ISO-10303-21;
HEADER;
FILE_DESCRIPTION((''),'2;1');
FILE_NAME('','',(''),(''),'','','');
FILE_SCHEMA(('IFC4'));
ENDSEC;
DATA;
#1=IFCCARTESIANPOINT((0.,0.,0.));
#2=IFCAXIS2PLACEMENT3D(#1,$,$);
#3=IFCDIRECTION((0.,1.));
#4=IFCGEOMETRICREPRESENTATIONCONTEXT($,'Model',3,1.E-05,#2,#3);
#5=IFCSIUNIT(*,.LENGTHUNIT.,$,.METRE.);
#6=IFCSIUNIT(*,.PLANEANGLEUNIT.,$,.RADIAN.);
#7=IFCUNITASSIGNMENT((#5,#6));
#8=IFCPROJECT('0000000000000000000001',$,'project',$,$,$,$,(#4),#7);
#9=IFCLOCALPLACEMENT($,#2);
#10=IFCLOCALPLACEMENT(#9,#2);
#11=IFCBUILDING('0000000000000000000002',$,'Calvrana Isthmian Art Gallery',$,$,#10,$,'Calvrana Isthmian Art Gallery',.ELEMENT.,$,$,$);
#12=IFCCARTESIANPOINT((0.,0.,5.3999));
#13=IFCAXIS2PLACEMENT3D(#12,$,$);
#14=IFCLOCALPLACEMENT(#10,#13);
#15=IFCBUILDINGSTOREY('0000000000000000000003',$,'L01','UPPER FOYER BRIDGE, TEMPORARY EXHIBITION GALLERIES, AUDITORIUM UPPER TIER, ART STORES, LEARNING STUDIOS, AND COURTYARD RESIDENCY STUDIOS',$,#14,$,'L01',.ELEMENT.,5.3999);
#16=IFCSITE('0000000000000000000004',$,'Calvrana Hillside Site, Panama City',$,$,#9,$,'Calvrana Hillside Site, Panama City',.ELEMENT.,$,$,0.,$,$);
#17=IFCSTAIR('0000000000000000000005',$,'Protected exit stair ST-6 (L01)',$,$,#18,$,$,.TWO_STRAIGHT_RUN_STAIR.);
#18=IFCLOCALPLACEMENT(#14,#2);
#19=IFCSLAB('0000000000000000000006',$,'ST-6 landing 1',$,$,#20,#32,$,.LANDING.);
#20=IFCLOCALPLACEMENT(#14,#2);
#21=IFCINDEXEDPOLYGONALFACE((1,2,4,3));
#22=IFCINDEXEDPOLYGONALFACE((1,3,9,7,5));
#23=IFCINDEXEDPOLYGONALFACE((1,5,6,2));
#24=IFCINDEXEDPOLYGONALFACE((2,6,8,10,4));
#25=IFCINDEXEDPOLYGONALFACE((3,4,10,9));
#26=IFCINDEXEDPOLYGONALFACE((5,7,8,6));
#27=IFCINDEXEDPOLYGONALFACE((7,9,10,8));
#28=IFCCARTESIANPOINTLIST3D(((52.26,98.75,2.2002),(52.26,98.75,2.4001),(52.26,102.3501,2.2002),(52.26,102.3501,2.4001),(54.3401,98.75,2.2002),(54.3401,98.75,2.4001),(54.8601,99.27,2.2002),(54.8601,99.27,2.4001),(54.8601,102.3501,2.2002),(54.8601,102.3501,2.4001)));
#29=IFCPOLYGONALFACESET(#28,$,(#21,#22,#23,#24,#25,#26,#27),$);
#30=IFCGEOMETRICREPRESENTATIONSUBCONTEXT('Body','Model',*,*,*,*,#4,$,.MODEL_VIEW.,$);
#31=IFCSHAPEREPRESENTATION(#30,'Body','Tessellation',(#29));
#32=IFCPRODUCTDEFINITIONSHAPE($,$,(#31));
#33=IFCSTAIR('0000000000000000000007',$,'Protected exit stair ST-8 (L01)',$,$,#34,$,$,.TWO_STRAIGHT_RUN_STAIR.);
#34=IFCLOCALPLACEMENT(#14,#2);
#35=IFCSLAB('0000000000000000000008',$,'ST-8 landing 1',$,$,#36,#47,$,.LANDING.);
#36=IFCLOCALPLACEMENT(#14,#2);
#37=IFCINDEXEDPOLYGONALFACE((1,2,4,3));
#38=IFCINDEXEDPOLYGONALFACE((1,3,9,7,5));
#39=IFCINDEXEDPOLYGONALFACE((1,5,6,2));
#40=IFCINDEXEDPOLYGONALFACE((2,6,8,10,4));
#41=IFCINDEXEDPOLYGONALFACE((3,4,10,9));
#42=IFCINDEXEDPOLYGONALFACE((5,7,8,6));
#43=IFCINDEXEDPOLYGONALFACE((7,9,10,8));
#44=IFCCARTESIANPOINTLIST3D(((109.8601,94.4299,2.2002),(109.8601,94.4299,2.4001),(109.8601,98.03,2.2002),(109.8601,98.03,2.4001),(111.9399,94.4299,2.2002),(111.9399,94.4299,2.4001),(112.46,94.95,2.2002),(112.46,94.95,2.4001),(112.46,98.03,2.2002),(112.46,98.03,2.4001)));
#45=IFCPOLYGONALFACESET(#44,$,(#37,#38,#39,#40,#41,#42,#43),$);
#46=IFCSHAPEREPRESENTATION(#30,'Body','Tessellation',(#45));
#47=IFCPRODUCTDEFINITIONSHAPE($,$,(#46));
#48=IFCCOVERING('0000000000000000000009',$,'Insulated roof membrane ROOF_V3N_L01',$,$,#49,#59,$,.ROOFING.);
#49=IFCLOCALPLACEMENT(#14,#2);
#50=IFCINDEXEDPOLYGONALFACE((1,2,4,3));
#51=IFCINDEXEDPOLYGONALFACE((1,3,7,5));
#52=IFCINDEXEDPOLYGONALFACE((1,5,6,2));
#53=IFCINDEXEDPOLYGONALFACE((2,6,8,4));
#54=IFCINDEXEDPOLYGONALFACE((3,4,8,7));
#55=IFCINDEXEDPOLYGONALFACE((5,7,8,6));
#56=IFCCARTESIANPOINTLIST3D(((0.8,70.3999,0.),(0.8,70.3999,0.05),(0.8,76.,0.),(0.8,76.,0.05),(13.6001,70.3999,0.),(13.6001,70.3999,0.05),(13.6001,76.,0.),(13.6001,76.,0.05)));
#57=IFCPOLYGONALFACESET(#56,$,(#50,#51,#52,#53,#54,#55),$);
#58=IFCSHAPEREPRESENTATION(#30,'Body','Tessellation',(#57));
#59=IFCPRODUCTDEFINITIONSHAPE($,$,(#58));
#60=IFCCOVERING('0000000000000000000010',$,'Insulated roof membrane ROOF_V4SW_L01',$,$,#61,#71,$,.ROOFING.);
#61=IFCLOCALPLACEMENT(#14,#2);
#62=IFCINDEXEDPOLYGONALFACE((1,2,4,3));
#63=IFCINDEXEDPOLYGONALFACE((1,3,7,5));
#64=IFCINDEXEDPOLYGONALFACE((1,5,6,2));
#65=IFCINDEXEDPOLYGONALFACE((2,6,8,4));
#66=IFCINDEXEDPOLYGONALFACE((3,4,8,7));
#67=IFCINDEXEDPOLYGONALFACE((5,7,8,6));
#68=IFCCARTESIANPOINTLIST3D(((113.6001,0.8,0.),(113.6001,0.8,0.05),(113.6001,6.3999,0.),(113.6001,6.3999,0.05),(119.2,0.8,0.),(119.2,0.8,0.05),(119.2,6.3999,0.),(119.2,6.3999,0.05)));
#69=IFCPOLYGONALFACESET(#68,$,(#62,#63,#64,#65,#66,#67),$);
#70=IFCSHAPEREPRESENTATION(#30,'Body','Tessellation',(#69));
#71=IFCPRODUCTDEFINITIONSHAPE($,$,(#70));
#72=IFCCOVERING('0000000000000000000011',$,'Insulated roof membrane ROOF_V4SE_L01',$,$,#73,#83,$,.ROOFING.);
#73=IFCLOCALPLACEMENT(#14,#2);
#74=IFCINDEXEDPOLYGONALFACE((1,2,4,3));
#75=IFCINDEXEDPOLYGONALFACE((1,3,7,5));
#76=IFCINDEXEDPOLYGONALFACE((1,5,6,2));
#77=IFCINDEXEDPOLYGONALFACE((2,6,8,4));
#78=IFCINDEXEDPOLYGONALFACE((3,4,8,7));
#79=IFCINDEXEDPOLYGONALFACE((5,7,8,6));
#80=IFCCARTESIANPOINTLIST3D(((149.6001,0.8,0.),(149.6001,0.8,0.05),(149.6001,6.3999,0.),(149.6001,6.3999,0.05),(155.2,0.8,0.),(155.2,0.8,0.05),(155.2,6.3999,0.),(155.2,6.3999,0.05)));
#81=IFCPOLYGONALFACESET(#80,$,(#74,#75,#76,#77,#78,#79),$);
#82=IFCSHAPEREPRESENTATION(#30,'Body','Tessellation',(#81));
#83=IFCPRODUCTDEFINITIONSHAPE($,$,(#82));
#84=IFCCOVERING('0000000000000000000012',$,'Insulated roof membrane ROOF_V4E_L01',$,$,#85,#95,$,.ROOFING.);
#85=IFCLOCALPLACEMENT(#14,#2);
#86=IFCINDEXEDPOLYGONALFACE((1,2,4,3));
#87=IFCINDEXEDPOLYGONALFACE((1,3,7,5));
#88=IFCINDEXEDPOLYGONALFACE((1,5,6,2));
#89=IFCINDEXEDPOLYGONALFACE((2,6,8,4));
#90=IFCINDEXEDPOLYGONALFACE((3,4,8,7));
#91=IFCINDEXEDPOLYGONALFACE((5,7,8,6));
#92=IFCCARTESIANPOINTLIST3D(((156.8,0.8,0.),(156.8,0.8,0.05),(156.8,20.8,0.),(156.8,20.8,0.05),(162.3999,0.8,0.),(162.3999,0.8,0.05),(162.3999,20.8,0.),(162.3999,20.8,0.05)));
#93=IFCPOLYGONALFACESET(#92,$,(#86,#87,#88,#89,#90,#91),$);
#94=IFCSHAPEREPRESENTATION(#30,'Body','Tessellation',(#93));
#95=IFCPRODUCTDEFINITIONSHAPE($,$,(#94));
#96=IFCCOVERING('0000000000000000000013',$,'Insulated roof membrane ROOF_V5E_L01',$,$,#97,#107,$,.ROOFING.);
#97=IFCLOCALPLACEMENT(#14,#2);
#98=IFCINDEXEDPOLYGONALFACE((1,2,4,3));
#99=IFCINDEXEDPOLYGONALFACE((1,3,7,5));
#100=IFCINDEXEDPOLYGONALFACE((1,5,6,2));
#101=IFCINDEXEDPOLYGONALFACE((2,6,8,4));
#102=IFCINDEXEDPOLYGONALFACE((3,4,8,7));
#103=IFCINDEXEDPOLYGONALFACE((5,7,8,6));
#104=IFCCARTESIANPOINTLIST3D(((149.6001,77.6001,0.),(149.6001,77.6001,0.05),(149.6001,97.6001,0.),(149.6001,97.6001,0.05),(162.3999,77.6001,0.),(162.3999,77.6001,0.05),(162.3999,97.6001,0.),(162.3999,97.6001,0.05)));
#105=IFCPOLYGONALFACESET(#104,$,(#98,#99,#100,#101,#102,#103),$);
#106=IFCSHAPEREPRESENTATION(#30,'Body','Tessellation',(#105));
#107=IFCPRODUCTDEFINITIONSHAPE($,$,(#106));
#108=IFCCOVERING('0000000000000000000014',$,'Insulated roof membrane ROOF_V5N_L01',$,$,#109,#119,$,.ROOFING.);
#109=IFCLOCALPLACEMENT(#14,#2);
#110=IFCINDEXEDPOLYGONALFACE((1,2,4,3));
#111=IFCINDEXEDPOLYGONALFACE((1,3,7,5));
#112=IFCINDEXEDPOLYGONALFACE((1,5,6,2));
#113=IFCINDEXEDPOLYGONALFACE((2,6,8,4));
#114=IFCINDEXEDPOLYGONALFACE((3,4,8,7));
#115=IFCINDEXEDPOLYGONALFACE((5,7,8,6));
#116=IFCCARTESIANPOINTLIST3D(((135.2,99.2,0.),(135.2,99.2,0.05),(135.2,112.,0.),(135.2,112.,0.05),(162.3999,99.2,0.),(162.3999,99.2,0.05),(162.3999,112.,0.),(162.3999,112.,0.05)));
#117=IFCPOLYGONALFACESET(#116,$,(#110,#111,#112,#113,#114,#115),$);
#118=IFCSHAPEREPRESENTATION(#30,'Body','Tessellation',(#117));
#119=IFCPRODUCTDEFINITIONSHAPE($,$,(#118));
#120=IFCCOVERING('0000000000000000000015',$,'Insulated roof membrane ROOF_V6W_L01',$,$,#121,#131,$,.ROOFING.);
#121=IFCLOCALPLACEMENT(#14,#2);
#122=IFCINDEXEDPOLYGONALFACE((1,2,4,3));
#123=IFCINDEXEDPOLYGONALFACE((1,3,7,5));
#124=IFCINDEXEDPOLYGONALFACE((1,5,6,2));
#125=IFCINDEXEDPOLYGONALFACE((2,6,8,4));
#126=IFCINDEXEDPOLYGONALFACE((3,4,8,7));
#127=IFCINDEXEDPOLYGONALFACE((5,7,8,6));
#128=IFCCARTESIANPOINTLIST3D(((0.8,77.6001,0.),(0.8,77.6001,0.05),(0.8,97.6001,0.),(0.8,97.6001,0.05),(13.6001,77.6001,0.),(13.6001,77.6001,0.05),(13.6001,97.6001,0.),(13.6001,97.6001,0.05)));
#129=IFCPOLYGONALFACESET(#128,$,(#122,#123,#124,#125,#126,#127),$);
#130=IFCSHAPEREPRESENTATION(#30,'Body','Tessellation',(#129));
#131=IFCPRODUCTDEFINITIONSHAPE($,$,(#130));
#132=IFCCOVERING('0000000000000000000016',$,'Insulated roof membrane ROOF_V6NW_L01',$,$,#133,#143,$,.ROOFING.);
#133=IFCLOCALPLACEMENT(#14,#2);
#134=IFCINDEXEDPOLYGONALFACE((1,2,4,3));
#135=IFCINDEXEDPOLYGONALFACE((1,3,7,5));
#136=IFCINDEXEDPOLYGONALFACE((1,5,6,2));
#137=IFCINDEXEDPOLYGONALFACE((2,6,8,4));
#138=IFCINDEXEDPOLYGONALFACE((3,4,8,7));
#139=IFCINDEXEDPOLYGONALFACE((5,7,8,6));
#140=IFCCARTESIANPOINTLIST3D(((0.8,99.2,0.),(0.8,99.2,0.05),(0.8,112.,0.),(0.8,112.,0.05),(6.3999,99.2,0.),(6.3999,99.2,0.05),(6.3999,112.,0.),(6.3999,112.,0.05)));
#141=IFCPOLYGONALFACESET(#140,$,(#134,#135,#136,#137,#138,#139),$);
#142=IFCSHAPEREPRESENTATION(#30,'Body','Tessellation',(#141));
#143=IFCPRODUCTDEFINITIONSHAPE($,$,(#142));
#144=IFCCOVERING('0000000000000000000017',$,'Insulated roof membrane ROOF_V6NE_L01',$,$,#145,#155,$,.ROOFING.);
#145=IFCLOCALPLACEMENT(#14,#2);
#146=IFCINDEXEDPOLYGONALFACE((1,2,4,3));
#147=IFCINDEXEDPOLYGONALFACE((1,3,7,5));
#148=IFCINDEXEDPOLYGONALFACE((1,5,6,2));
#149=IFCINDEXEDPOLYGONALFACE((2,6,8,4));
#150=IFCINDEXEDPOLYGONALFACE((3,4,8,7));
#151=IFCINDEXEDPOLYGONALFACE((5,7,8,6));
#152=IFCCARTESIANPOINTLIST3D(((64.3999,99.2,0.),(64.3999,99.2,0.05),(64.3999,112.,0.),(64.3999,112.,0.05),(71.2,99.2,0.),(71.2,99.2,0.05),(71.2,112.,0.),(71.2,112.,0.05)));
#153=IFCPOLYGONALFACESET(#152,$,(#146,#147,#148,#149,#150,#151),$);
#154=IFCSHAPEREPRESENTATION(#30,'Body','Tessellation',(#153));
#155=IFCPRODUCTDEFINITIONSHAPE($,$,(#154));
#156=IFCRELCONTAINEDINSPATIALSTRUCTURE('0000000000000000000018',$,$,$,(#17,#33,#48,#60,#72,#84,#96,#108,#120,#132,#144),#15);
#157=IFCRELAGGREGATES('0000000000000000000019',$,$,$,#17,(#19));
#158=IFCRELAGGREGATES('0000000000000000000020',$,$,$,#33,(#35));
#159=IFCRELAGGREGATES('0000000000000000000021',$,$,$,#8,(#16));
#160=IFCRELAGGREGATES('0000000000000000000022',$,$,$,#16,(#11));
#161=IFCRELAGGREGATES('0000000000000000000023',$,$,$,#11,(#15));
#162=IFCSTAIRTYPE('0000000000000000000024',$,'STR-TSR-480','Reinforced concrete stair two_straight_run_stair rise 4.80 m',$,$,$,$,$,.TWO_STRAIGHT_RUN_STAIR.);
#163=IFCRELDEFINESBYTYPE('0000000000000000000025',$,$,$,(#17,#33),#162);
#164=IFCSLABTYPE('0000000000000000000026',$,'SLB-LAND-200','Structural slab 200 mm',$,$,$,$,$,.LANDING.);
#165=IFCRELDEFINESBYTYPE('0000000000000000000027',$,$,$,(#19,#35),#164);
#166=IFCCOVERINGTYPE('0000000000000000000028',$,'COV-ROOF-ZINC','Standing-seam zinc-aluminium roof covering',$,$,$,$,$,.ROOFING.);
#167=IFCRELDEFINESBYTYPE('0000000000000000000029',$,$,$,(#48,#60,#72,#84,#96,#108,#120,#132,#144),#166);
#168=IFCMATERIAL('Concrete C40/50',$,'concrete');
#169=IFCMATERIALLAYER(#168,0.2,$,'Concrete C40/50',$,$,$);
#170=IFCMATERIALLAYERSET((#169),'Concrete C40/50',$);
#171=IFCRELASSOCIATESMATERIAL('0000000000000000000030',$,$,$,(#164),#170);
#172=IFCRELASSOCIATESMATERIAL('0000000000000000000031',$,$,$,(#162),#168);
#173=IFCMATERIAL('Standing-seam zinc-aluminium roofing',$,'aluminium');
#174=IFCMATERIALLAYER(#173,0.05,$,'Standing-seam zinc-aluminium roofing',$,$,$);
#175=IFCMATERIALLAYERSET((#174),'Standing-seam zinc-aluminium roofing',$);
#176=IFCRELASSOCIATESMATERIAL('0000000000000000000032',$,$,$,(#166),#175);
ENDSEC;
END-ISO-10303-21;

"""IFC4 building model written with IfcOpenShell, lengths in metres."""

from ifc_helpers import new_model, si_unit, direction, frame, origin, place, context, subcontext, project, spatial, polyline, outline, extrude, material, layer, layer_set, type_object, element, aggregate, save


model = new_model("IFC4")

# Units and contexts
model_context = context("Model", 3, precision=1e-05, world=origin(), true_north=direction((0.0, 1.0)))
body_context = subcontext(model_context, "Body", "Model", "MODEL_VIEW")
ifc_project = project(units=[si_unit("LENGTHUNIT", "METRE"), si_unit("PLANEANGLEUNIT", "RADIAN")], contexts=[model_context])

# Site, building, storey
site_placement = place(None, origin())
site = spatial("IfcSite", under=ifc_project, at=site_placement, Name="Calvrana Hillside Site, Panama City", LongName="Calvrana Hillside Site, Panama City", CompositionType="ELEMENT", RefElevation=0.0)
building_placement = place(site_placement, origin())
building = spatial("IfcBuilding", under=site, at=building_placement, Name="Calvrana Isthmian Art Gallery", LongName="Calvrana Isthmian Art Gallery", CompositionType="ELEMENT")
storey_placement = place(building_placement, frame((0.0, 0.0, 5.3999)))
storey = spatial("IfcBuildingStorey", under=building, at=storey_placement, Name="L01", Description="UPPER FOYER BRIDGE, TEMPORARY EXHIBITION GALLERIES, AUDITORIUM UPPER TIER, ART STORES, LEARNING STUDIOS, AND COURTYARD RESIDENCY STUDIOS", LongName="L01", CompositionType="ELEMENT", Elevation=5.3999)

# Stairs, slabs
ifc_material_1 = material(Name="Concrete C40/50", Category="concrete")
ifc_layer_1 = layer(ifc_material_1, 0.2, Name="Concrete C40/50")
ifc_layer_set_1 = layer_set([ifc_layer_1], Name="Concrete C40/50")
slab_type = type_object("IfcSlabType", Name="SLB-LAND-200", Description="Structural slab 200 mm", PredefinedType="LANDING", material=ifc_layer_set_1)
stair_type_1 = type_object("IfcStairType", Name="STR-TSR-480", Description="Reinforced concrete stair two_straight_run_stair rise 4.80 m", PredefinedType="TWO_STRAIGHT_RUN_STAIR", material=ifc_material_1)
stair_1_placement = place(storey_placement, origin())
stair_1 = element("IfcStair", 1, at=stair_1_placement, inside=storey, type_object=stair_type_1, Name="Protected exit stair ST-6 (L01)", PredefinedType="TWO_STRAIGHT_RUN_STAIR")
slab_1_placement = place(storey_placement, frame((0.0, 0.0, 2.2002)))
slab_1 = element("IfcSlab", 2, at=slab_1_placement, type_object=slab_type, Name="ST-6 landing 1", PredefinedType="LANDING", context=body_context, shape_type="SweptSolid", body=[
    extrude(outline(polyline([(52.26, 98.75), (54.3401, 98.75), (54.8601, 99.27), (54.8601, 102.3501), (52.26, 102.3501), (52.26, 98.75)])), origin(), (0.0, 0.0, 1.0), 0.2),
])
aggregate(stair_1, [slab_1])
stair_2_placement = place(storey_placement, origin())
stair_2 = element("IfcStair", 3, at=stair_2_placement, inside=storey, type_object=stair_type_1, Name="Protected exit stair ST-8 (L01)", PredefinedType="TWO_STRAIGHT_RUN_STAIR")
slab_2_placement = place(storey_placement, frame((0.0, 0.0, 2.2002)))
slab_2 = element("IfcSlab", 4, at=slab_2_placement, type_object=slab_type, Name="ST-8 landing 1", PredefinedType="LANDING", context=body_context, shape_type="SweptSolid", body=[
    extrude(outline(polyline([(109.8601, 94.4299), (111.9399, 94.4299), (112.46, 94.95), (112.46, 98.03), (109.8601, 98.03), (109.8601, 94.4299)])), origin(), (0.0, 0.0, 1.0), 0.2),
])
aggregate(stair_2, [slab_2])

# Coverings
ifc_material_2 = material(Name="Standing-seam zinc-aluminium roofing", Category="aluminium")
ifc_layer_2 = layer(ifc_material_2, 0.05, Name="Standing-seam zinc-aluminium roofing")
ifc_layer_set_2 = layer_set([ifc_layer_2], Name="Standing-seam zinc-aluminium roofing")
covering_type = type_object("IfcCoveringType", Name="COV-ROOF-ZINC", Description="Standing-seam zinc-aluminium roof covering", PredefinedType="ROOFING", material=ifc_layer_set_2)
covering_1_placement = place(storey_placement, origin())
element("IfcCovering", 5, at=covering_1_placement, inside=storey, type_object=covering_type, Name="Insulated roof membrane ROOF_V3N_L01", PredefinedType="ROOFING", context=body_context, shape_type="SweptSolid", body=[
    extrude(outline(polyline([(0.8, 70.3999), (13.6001, 70.3999), (13.6001, 76.0), (0.8, 76.0), (0.8, 70.3999)])), origin(), (0.0, 0.0, 1.0), 0.05),
])
covering_2_placement = place(storey_placement, origin())
element("IfcCovering", 6, at=covering_2_placement, inside=storey, type_object=covering_type, Name="Insulated roof membrane ROOF_V4SW_L01", PredefinedType="ROOFING", context=body_context, shape_type="SweptSolid", body=[
    extrude(outline(polyline([(113.6001, 0.8), (119.2, 0.8), (119.2, 6.3999), (113.6001, 6.3999), (113.6001, 0.8)])), origin(), (0.0, 0.0, 1.0), 0.05),
])
covering_3_placement = place(storey_placement, origin())
element("IfcCovering", 7, at=covering_3_placement, inside=storey, type_object=covering_type, Name="Insulated roof membrane ROOF_V4SE_L01", PredefinedType="ROOFING", context=body_context, shape_type="SweptSolid", body=[
    extrude(outline(polyline([(149.6001, 0.8), (155.2, 0.8), (155.2, 6.3999), (149.6001, 6.3999), (149.6001, 0.8)])), origin(), (0.0, 0.0, 1.0), 0.05),
])
covering_4_placement = place(storey_placement, origin())
element("IfcCovering", 8, at=covering_4_placement, inside=storey, type_object=covering_type, Name="Insulated roof membrane ROOF_V4E_L01", PredefinedType="ROOFING", context=body_context, shape_type="SweptSolid", body=[
    extrude(outline(polyline([(156.8, 0.8), (162.3999, 0.8), (162.3999, 20.8), (156.8, 20.8), (156.8, 0.8)])), origin(), (0.0, 0.0, 1.0), 0.05),
])
covering_5_placement = place(storey_placement, origin())
element("IfcCovering", 9, at=covering_5_placement, inside=storey, type_object=covering_type, Name="Insulated roof membrane ROOF_V5E_L01", PredefinedType="ROOFING", context=body_context, shape_type="SweptSolid", body=[
    extrude(outline(polyline([(149.6001, 77.6001), (162.3999, 77.6001), (162.3999, 97.6001), (149.6001, 97.6001), (149.6001, 77.6001)])), origin(), (0.0, 0.0, 1.0), 0.05),
])
covering_6_placement = place(storey_placement, origin())
element("IfcCovering", 10, at=covering_6_placement, inside=storey, type_object=covering_type, Name="Insulated roof membrane ROOF_V5N_L01", PredefinedType="ROOFING", context=body_context, shape_type="SweptSolid", body=[
    extrude(outline(polyline([(135.2, 99.2), (162.3999, 99.2), (162.3999, 112.0), (135.2, 112.0), (135.2, 99.2)])), origin(), (0.0, 0.0, 1.0), 0.05),
])
covering_7_placement = place(storey_placement, origin())
element("IfcCovering", 11, at=covering_7_placement, inside=storey, type_object=covering_type, Name="Insulated roof membrane ROOF_V6W_L01", PredefinedType="ROOFING", context=body_context, shape_type="SweptSolid", body=[
    extrude(outline(polyline([(0.8, 77.6001), (13.6001, 77.6001), (13.6001, 97.6001), (0.8, 97.6001), (0.8, 77.6001)])), origin(), (0.0, 0.0, 1.0), 0.05),
])
covering_8_placement = place(storey_placement, origin())
element("IfcCovering", 12, at=covering_8_placement, inside=storey, type_object=covering_type, Name="Insulated roof membrane ROOF_V6NW_L01", PredefinedType="ROOFING", context=body_context, shape_type="SweptSolid", body=[
    extrude(outline(polyline([(0.8, 99.2), (6.3999, 99.2), (6.3999, 112.0), (0.8, 112.0), (0.8, 99.2)])), origin(), (0.0, 0.0, 1.0), 0.05),
])
covering_9_placement = place(storey_placement, origin())
element("IfcCovering", 13, at=covering_9_placement, inside=storey, type_object=covering_type, Name="Insulated roof membrane ROOF_V6NE_L01", PredefinedType="ROOFING", context=body_context, shape_type="SweptSolid", body=[
    extrude(outline(polyline([(64.3999, 99.2), (71.2, 99.2), (71.2, 112.0), (64.3999, 112.0), (64.3999, 99.2)])), origin(), (0.0, 0.0, 1.0), 0.05),
])

save(model, "model.ifc")
